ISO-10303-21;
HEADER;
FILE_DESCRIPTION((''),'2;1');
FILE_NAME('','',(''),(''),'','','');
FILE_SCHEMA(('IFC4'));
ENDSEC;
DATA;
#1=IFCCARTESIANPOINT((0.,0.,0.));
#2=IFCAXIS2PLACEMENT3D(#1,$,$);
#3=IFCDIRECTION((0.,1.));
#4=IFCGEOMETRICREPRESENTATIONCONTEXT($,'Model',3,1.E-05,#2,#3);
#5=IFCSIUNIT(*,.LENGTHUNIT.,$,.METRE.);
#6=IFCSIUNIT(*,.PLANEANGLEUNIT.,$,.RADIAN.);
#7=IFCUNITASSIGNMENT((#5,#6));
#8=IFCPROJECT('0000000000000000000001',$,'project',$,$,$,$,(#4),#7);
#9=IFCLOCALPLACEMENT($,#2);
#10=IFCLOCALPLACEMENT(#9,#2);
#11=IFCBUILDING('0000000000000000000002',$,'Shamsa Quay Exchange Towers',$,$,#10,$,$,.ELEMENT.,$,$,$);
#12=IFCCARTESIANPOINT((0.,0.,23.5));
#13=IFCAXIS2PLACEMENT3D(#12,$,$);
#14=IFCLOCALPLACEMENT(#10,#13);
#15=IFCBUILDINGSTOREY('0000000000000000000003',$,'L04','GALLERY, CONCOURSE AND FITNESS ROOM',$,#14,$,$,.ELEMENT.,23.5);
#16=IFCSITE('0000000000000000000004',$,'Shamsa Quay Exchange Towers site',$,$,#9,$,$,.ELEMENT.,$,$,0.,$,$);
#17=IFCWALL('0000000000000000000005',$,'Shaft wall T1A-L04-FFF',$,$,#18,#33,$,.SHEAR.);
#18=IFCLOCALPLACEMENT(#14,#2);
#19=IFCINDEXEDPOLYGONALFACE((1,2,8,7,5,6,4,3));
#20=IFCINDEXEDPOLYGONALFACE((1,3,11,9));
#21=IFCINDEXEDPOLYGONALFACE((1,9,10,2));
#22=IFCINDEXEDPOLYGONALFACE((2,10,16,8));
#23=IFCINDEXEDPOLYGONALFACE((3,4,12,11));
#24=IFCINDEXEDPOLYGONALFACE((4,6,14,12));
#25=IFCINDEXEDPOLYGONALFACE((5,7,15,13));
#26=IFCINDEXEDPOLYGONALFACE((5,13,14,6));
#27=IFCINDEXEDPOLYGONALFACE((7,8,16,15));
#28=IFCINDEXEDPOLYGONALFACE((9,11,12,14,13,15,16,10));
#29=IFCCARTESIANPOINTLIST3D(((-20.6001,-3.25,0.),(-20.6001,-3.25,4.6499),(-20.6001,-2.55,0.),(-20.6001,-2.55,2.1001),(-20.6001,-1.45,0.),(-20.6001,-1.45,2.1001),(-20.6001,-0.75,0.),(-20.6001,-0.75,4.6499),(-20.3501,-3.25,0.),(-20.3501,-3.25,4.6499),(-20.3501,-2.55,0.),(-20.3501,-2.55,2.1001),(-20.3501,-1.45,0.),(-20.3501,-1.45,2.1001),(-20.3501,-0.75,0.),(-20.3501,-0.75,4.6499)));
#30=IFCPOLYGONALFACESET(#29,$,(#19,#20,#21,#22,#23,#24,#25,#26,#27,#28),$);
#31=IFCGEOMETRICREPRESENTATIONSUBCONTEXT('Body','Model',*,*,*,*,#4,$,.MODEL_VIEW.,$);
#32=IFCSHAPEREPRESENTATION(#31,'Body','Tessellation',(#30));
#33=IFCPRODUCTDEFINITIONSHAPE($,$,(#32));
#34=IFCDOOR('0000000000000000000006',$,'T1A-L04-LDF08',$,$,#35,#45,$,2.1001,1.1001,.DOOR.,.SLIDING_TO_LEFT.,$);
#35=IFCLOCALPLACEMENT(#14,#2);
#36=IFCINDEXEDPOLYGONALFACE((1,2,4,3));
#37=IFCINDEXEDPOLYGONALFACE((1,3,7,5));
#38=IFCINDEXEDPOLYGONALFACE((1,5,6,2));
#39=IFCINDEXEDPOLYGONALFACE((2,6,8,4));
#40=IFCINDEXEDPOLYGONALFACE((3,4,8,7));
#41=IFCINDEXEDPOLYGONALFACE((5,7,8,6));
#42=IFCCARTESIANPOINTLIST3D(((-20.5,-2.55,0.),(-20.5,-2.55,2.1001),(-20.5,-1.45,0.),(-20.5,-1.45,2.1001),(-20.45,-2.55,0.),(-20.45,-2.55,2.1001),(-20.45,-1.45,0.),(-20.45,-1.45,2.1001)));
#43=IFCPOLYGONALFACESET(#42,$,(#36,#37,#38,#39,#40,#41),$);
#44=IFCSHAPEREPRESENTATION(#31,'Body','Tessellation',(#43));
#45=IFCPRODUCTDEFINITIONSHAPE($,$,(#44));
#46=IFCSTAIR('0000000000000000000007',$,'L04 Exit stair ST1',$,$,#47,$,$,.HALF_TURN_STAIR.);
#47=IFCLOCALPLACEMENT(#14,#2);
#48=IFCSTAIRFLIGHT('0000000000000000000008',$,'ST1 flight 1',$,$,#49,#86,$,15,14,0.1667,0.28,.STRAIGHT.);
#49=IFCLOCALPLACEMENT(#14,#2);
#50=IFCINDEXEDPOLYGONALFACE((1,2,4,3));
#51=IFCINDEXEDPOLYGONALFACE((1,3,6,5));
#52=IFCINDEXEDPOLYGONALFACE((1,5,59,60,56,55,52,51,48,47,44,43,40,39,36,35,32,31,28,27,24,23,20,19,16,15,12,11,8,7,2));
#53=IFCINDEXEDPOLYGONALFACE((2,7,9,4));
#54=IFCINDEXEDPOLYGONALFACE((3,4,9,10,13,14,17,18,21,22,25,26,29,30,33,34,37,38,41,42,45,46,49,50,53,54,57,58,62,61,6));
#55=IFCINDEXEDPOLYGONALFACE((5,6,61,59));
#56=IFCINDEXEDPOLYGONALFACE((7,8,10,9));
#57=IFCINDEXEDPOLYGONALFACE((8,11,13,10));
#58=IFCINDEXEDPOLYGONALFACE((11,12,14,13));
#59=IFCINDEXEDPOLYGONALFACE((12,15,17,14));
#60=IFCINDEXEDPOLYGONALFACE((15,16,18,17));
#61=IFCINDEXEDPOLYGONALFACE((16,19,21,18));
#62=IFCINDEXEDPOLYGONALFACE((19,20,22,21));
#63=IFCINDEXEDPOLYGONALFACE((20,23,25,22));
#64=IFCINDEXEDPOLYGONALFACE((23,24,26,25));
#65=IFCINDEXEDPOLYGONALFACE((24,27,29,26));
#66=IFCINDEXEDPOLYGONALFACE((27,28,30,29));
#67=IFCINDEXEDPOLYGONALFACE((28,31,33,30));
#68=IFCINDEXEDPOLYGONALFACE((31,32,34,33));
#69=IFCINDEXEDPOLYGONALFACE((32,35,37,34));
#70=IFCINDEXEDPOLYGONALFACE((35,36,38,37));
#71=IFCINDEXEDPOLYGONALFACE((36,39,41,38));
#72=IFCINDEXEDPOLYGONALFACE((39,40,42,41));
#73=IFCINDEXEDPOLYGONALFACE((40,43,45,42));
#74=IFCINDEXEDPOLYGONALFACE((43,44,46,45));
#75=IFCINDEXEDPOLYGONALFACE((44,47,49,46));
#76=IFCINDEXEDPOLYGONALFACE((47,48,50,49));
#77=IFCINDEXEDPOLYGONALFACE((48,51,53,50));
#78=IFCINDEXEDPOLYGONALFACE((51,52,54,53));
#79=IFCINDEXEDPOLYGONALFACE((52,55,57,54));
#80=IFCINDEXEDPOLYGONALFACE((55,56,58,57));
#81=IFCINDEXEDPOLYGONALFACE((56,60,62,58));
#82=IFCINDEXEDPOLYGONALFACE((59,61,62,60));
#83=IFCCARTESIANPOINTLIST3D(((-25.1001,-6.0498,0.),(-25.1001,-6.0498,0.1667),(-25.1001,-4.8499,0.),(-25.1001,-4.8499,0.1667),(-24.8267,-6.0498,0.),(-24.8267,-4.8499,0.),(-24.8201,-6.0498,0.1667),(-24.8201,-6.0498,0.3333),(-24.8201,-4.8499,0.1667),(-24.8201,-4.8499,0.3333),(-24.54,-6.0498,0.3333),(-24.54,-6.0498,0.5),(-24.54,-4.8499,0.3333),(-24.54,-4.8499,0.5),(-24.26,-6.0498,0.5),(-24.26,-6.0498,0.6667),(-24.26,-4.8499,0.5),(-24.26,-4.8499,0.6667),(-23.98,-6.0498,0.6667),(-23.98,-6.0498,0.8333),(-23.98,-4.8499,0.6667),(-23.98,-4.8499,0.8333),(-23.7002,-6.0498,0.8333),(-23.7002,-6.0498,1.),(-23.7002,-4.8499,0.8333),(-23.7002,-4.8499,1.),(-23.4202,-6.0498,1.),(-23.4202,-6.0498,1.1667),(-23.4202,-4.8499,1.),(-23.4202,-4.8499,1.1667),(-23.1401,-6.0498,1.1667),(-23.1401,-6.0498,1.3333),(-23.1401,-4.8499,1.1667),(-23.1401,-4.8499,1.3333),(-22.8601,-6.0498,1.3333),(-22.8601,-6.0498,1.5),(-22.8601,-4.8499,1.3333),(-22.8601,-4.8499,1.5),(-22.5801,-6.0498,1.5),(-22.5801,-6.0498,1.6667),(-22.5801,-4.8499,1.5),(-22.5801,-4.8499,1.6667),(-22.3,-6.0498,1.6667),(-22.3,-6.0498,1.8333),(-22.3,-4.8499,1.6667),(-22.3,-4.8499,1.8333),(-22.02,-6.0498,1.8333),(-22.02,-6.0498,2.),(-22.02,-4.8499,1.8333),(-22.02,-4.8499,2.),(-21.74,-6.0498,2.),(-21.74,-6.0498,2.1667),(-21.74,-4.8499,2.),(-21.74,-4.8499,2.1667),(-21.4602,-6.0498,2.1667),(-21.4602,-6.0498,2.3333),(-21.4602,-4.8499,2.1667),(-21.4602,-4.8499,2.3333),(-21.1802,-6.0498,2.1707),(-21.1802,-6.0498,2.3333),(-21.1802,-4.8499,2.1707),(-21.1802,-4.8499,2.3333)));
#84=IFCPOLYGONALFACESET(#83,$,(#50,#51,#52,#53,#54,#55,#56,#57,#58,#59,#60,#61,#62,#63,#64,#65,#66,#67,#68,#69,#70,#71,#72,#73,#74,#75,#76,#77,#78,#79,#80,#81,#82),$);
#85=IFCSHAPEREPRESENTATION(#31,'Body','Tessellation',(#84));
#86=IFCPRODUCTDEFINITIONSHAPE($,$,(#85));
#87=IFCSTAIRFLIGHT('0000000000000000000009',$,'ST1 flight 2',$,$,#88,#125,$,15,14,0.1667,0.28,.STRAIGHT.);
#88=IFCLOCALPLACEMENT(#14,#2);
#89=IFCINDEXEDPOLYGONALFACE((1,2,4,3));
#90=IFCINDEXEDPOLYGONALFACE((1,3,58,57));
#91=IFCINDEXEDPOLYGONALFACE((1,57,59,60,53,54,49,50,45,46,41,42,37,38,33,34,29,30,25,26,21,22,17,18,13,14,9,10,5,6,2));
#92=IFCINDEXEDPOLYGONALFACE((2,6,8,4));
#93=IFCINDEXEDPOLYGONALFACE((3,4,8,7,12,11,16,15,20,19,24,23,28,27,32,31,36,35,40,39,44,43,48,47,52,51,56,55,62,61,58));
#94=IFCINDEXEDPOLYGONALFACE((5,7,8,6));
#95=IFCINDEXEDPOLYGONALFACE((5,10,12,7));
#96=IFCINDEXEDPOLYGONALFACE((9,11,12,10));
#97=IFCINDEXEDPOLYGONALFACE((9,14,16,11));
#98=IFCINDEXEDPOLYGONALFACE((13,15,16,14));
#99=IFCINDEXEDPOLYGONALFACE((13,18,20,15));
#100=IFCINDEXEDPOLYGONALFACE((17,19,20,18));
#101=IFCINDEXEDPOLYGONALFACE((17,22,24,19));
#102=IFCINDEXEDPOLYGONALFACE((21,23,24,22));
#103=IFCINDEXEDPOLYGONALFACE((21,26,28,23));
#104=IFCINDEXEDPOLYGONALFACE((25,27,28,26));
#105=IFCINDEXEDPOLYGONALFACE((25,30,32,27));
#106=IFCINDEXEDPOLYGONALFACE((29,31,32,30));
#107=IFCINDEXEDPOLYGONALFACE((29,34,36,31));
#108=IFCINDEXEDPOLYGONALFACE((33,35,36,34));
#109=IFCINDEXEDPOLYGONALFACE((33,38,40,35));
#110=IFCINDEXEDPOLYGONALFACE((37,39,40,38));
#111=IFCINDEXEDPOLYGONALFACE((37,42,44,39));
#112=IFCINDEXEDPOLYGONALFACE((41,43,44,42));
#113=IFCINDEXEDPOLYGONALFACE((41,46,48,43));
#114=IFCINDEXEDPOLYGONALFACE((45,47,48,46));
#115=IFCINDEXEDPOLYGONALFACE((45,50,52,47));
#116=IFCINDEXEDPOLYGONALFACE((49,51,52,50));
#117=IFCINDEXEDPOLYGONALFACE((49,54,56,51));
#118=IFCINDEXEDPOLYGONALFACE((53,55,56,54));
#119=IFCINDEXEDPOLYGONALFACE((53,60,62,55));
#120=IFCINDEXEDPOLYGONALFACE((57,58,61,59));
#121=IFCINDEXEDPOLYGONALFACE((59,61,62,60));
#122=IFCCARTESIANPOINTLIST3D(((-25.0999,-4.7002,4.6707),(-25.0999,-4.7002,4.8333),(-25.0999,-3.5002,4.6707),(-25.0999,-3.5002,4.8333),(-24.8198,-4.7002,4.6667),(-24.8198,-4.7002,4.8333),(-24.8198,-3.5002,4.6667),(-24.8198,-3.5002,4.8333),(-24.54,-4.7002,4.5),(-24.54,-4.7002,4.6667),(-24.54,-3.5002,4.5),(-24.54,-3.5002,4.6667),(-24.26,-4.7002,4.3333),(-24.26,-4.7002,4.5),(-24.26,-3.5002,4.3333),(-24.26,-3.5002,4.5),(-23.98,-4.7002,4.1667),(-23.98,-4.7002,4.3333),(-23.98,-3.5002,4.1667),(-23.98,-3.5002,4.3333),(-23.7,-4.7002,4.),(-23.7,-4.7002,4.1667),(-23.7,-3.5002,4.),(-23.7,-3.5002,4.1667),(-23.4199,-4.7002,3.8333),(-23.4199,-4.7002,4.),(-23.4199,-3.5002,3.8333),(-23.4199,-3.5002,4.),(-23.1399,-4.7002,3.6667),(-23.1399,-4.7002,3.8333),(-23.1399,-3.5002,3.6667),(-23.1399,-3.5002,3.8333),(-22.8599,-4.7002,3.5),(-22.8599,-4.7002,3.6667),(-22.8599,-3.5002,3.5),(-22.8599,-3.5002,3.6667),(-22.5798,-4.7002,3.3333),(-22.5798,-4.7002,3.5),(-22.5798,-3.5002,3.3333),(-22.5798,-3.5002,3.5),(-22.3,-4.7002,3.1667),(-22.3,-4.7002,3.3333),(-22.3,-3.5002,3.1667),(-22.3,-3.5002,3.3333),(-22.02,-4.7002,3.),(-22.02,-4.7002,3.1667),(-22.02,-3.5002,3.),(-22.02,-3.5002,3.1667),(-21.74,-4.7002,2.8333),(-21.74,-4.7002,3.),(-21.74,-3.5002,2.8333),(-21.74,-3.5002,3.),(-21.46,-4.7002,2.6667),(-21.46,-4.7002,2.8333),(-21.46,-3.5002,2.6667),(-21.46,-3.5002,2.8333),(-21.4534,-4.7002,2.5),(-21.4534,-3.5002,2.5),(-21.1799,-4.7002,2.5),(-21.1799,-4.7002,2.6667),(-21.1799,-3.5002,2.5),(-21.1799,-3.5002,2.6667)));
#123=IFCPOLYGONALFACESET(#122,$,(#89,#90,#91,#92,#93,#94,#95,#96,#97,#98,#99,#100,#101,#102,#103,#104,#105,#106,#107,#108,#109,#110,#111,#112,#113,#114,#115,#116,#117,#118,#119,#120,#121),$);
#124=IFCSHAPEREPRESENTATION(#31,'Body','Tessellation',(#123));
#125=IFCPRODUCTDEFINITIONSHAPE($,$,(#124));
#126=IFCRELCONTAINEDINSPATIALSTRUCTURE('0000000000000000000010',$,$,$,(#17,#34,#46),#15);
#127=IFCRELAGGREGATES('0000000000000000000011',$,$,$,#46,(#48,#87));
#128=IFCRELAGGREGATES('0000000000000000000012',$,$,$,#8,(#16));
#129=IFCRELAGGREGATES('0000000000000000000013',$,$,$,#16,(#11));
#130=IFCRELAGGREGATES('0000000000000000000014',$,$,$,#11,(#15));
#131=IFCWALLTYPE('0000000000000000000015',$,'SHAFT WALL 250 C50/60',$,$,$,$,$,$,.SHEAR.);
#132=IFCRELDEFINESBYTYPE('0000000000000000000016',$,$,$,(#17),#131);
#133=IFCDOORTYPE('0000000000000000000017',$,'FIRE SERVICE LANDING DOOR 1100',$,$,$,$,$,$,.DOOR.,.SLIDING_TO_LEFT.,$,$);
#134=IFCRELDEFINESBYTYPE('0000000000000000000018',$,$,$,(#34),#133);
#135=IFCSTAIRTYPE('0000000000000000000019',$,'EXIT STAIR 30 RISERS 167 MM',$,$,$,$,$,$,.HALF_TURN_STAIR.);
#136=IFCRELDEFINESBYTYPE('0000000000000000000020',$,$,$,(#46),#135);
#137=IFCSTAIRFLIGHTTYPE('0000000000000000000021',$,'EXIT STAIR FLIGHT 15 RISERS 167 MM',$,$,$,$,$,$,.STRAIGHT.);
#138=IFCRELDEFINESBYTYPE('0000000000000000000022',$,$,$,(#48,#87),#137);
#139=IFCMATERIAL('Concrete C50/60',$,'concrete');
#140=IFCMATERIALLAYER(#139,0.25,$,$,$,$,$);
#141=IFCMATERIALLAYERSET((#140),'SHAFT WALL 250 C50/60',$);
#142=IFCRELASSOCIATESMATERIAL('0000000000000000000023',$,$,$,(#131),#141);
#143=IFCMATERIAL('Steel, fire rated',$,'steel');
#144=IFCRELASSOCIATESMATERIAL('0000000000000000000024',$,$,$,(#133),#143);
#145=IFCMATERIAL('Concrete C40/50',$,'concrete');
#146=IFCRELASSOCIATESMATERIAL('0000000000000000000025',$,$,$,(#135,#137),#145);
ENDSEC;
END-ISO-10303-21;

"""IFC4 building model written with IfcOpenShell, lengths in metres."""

from ifc_helpers import new_model, si_unit, direction, frame, frame_2d, origin, place, context, subcontext, project, spatial, polyline, rectangle, outline, extrude, material, layer, layer_set, type_object, element, fill, aggregate, save


model = new_model("IFC4")

# Units and contexts
model_context = context("Model", 3, precision=1e-05, world=origin(), true_north=direction((0.0, 1.0)))
body_context = subcontext(model_context, "Body", "Model", "MODEL_VIEW")
ifc_project = project(units=[si_unit("LENGTHUNIT", "METRE"), si_unit("PLANEANGLEUNIT", "RADIAN")], contexts=[model_context])

# Site, building, storey
site_placement = place(None, origin())
site = spatial("IfcSite", under=ifc_project, at=site_placement, Name="Shamsa Quay Exchange Towers site", CompositionType="ELEMENT", RefElevation=0.0)
building_placement = place(site_placement, origin())
building = spatial("IfcBuilding", under=site, at=building_placement, Name="Shamsa Quay Exchange Towers", CompositionType="ELEMENT")
storey_placement = place(building_placement, frame((0.0, 0.0, 23.5)))
storey = spatial("IfcBuildingStorey", under=building, at=storey_placement, Name="L04", Description="GALLERY, CONCOURSE AND FITNESS ROOM", CompositionType="ELEMENT", Elevation=23.5)

# Shared definitions
ifc_material_1 = material(Name="Concrete C50/60", Category="concrete")
ifc_layer_1 = layer(ifc_material_1, 0.25)
ifc_layer_set_1 = layer_set([ifc_layer_1], Name="SHAFT WALL 250 C50/60")
wall_type_1 = type_object("IfcWallType", Name="SHAFT WALL 250 C50/60", PredefinedType="SHEAR", material=ifc_layer_set_1)

# Wall, opening, door
wall_1_placement = place(storey_placement, frame((-20.4751, -3.25, 0.0), z_axis=(0.0, 0.0, 1.0), x_axis=(0.0, 1.0, 0.0)))
wall_1 = element("IfcWall", 1, at=wall_1_placement, inside=storey, type_object=wall_type_1, Name="Shaft wall T1A-L04-FFF", PredefinedType="SHEAR", context=body_context, shape_type="SweptSolid", body=[
    extrude(rectangle(XDim=2.5, YDim=0.25, at=frame_2d((1.25, 0.0))), origin(), (0.0, 0.0, 1.0), 4.6499),
])
opening_placement = place(wall_1_placement, frame((0.7, 0.0, 0.0)))
opening = element("IfcOpeningElement", 2, at=opening_placement, cuts=wall_1, PredefinedType="OPENING", context=body_context, shape_type="SweptSolid", body=[
    extrude(rectangle(XDim=1.1001, YDim=2.1001, at=frame_2d((0.55, 1.05))), frame((0.0, 0.135, 0.0), z_axis=(0.0, -1.0, 0.0), x_axis=(1.0, 0.0, 0.0)), (0.0, 0.0, 1.0), 0.27),
])
ifc_material_2 = material(Name="Steel, fire rated", Category="steel")
door_type = type_object("IfcDoorType", Name="FIRE SERVICE LANDING DOOR 1100", OperationType="SLIDING_TO_LEFT", PredefinedType="DOOR", material=ifc_material_2)
door_placement = place(opening_placement, origin())
door = element("IfcDoor", 3, at=door_placement, inside=storey, type_object=door_type, Name="T1A-L04-LDF08", OperationType="SLIDING_TO_LEFT", OverallHeight=2.1001, OverallWidth=1.1001, PredefinedType="DOOR", context=body_context, shape_type="SweptSolid", body=[
    extrude(rectangle(XDim=1.1001, YDim=2.1001, at=frame_2d((0.55, 1.05))), frame((0.0, 0.0249, 0.0), z_axis=(0.0, -1.0, 0.0), x_axis=(1.0, 0.0, 0.0)), (0.0, 0.0, 1.0), 0.05),
])
fill(opening, door)

# Stair, stair flights
ifc_material_3 = material(Name="Concrete C40/50", Category="concrete")
stair_type = type_object("IfcStairType", Name="EXIT STAIR 30 RISERS 167 MM", PredefinedType="HALF_TURN_STAIR", material=ifc_material_3)
stair_placement = place(storey_placement, origin())
stair = element("IfcStair", 4, at=stair_placement, inside=storey, type_object=stair_type, Name="L04 Exit stair ST1", PredefinedType="HALF_TURN_STAIR")
stair_flight_type = type_object("IfcStairFlightType", Name="EXIT STAIR FLIGHT 15 RISERS 167 MM", PredefinedType="STRAIGHT", material=ifc_material_3)
stair_flight_1_placement = place(storey_placement, frame((-25.1001, -5.45, 0.0)))
stair_flight_1 = element("IfcStairFlight", 5, at=stair_flight_1_placement, type_object=stair_flight_type, Name="ST1 flight 1", NumberOfRisers=15, NumberOfTreads=14, PredefinedType="STRAIGHT", RiserHeight=0.1667, TreadLength=0.28, context=body_context, shape_type="SweptSolid", body=[
    extrude(outline(polyline([(0.0, 0.0), (0.0, 0.1667), (0.28, 0.1667), (0.28, 0.3333), (0.5601, 0.3333), (0.5601, 0.5), (0.8401, 0.5), (0.8401, 0.6667), (1.1201, 0.6667), (1.1201, 0.8333), (1.3999, 0.8333), (1.3999, 1.0), (1.6799, 1.0), (1.6799, 1.1667), (1.96, 1.1667), (1.96, 1.3333), (2.24, 1.3333), (2.24, 1.5), (2.52, 1.5), (2.52, 1.6667), (2.8, 1.6667), (2.8, 1.8333), (3.0801, 1.8333), (3.0801, 2.0), (3.3601, 2.0), (3.3601, 2.1667), (3.6399, 2.1667), (3.6399, 2.3333), (3.9199, 2.3333), (3.9199, 2.5), (3.9199, 2.1707), (0.2734, 0.0), (0.0, 0.0)])), frame((0.0, 0.6001, 0.0), z_axis=(0.0, -1.0, 0.0), x_axis=(1.0, 0.0, 0.0)), (0.0, 0.0, 1.0), 1.2),
])
stair_flight_2_placement = place(storey_placement, frame((-21.1799, -4.1001, 2.5), z_axis=(0.0, 0.0, 1.0), x_axis=(-1.0, 0.0, 0.0)))
stair_flight_2 = element("IfcStairFlight", 6, at=stair_flight_2_placement, type_object=stair_flight_type, Name="ST1 flight 2", NumberOfRisers=15, NumberOfTreads=14, PredefinedType="STRAIGHT", RiserHeight=0.1667, TreadLength=0.28, context=body_context, shape_type="SweptSolid", body=[
    extrude(outline(polyline([(0.0, 0.0), (0.0, 0.1667), (0.28, 0.1667), (0.28, 0.3333), (0.5601, 0.3333), (0.5601, 0.5), (0.8401, 0.5), (0.8401, 0.6667), (1.1201, 0.6667), (1.1201, 0.8333), (1.3999, 0.8333), (1.3999, 1.0), (1.6799, 1.0), (1.6799, 1.1667), (1.96, 1.1667), (1.96, 1.3333), (2.24, 1.3333), (2.24, 1.5), (2.52, 1.5), (2.52, 1.6667), (2.8, 1.6667), (2.8, 1.8333), (3.0801, 1.8333), (3.0801, 2.0), (3.3601, 2.0), (3.3601, 2.1667), (3.6399, 2.1667), (3.6399, 2.3333), (3.9199, 2.3333), (3.9199, 2.5), (3.9199, 2.1707), (0.2734, 0.0), (0.0, 0.0)])), frame((0.0, 0.6001, 0.0), z_axis=(0.0, -1.0, 0.0), x_axis=(1.0, 0.0, 0.0)), (0.0, 0.0, 1.0), 1.2),
])
aggregate(stair, [stair_flight_1, stair_flight_2])

save(model, "model.ifc")
